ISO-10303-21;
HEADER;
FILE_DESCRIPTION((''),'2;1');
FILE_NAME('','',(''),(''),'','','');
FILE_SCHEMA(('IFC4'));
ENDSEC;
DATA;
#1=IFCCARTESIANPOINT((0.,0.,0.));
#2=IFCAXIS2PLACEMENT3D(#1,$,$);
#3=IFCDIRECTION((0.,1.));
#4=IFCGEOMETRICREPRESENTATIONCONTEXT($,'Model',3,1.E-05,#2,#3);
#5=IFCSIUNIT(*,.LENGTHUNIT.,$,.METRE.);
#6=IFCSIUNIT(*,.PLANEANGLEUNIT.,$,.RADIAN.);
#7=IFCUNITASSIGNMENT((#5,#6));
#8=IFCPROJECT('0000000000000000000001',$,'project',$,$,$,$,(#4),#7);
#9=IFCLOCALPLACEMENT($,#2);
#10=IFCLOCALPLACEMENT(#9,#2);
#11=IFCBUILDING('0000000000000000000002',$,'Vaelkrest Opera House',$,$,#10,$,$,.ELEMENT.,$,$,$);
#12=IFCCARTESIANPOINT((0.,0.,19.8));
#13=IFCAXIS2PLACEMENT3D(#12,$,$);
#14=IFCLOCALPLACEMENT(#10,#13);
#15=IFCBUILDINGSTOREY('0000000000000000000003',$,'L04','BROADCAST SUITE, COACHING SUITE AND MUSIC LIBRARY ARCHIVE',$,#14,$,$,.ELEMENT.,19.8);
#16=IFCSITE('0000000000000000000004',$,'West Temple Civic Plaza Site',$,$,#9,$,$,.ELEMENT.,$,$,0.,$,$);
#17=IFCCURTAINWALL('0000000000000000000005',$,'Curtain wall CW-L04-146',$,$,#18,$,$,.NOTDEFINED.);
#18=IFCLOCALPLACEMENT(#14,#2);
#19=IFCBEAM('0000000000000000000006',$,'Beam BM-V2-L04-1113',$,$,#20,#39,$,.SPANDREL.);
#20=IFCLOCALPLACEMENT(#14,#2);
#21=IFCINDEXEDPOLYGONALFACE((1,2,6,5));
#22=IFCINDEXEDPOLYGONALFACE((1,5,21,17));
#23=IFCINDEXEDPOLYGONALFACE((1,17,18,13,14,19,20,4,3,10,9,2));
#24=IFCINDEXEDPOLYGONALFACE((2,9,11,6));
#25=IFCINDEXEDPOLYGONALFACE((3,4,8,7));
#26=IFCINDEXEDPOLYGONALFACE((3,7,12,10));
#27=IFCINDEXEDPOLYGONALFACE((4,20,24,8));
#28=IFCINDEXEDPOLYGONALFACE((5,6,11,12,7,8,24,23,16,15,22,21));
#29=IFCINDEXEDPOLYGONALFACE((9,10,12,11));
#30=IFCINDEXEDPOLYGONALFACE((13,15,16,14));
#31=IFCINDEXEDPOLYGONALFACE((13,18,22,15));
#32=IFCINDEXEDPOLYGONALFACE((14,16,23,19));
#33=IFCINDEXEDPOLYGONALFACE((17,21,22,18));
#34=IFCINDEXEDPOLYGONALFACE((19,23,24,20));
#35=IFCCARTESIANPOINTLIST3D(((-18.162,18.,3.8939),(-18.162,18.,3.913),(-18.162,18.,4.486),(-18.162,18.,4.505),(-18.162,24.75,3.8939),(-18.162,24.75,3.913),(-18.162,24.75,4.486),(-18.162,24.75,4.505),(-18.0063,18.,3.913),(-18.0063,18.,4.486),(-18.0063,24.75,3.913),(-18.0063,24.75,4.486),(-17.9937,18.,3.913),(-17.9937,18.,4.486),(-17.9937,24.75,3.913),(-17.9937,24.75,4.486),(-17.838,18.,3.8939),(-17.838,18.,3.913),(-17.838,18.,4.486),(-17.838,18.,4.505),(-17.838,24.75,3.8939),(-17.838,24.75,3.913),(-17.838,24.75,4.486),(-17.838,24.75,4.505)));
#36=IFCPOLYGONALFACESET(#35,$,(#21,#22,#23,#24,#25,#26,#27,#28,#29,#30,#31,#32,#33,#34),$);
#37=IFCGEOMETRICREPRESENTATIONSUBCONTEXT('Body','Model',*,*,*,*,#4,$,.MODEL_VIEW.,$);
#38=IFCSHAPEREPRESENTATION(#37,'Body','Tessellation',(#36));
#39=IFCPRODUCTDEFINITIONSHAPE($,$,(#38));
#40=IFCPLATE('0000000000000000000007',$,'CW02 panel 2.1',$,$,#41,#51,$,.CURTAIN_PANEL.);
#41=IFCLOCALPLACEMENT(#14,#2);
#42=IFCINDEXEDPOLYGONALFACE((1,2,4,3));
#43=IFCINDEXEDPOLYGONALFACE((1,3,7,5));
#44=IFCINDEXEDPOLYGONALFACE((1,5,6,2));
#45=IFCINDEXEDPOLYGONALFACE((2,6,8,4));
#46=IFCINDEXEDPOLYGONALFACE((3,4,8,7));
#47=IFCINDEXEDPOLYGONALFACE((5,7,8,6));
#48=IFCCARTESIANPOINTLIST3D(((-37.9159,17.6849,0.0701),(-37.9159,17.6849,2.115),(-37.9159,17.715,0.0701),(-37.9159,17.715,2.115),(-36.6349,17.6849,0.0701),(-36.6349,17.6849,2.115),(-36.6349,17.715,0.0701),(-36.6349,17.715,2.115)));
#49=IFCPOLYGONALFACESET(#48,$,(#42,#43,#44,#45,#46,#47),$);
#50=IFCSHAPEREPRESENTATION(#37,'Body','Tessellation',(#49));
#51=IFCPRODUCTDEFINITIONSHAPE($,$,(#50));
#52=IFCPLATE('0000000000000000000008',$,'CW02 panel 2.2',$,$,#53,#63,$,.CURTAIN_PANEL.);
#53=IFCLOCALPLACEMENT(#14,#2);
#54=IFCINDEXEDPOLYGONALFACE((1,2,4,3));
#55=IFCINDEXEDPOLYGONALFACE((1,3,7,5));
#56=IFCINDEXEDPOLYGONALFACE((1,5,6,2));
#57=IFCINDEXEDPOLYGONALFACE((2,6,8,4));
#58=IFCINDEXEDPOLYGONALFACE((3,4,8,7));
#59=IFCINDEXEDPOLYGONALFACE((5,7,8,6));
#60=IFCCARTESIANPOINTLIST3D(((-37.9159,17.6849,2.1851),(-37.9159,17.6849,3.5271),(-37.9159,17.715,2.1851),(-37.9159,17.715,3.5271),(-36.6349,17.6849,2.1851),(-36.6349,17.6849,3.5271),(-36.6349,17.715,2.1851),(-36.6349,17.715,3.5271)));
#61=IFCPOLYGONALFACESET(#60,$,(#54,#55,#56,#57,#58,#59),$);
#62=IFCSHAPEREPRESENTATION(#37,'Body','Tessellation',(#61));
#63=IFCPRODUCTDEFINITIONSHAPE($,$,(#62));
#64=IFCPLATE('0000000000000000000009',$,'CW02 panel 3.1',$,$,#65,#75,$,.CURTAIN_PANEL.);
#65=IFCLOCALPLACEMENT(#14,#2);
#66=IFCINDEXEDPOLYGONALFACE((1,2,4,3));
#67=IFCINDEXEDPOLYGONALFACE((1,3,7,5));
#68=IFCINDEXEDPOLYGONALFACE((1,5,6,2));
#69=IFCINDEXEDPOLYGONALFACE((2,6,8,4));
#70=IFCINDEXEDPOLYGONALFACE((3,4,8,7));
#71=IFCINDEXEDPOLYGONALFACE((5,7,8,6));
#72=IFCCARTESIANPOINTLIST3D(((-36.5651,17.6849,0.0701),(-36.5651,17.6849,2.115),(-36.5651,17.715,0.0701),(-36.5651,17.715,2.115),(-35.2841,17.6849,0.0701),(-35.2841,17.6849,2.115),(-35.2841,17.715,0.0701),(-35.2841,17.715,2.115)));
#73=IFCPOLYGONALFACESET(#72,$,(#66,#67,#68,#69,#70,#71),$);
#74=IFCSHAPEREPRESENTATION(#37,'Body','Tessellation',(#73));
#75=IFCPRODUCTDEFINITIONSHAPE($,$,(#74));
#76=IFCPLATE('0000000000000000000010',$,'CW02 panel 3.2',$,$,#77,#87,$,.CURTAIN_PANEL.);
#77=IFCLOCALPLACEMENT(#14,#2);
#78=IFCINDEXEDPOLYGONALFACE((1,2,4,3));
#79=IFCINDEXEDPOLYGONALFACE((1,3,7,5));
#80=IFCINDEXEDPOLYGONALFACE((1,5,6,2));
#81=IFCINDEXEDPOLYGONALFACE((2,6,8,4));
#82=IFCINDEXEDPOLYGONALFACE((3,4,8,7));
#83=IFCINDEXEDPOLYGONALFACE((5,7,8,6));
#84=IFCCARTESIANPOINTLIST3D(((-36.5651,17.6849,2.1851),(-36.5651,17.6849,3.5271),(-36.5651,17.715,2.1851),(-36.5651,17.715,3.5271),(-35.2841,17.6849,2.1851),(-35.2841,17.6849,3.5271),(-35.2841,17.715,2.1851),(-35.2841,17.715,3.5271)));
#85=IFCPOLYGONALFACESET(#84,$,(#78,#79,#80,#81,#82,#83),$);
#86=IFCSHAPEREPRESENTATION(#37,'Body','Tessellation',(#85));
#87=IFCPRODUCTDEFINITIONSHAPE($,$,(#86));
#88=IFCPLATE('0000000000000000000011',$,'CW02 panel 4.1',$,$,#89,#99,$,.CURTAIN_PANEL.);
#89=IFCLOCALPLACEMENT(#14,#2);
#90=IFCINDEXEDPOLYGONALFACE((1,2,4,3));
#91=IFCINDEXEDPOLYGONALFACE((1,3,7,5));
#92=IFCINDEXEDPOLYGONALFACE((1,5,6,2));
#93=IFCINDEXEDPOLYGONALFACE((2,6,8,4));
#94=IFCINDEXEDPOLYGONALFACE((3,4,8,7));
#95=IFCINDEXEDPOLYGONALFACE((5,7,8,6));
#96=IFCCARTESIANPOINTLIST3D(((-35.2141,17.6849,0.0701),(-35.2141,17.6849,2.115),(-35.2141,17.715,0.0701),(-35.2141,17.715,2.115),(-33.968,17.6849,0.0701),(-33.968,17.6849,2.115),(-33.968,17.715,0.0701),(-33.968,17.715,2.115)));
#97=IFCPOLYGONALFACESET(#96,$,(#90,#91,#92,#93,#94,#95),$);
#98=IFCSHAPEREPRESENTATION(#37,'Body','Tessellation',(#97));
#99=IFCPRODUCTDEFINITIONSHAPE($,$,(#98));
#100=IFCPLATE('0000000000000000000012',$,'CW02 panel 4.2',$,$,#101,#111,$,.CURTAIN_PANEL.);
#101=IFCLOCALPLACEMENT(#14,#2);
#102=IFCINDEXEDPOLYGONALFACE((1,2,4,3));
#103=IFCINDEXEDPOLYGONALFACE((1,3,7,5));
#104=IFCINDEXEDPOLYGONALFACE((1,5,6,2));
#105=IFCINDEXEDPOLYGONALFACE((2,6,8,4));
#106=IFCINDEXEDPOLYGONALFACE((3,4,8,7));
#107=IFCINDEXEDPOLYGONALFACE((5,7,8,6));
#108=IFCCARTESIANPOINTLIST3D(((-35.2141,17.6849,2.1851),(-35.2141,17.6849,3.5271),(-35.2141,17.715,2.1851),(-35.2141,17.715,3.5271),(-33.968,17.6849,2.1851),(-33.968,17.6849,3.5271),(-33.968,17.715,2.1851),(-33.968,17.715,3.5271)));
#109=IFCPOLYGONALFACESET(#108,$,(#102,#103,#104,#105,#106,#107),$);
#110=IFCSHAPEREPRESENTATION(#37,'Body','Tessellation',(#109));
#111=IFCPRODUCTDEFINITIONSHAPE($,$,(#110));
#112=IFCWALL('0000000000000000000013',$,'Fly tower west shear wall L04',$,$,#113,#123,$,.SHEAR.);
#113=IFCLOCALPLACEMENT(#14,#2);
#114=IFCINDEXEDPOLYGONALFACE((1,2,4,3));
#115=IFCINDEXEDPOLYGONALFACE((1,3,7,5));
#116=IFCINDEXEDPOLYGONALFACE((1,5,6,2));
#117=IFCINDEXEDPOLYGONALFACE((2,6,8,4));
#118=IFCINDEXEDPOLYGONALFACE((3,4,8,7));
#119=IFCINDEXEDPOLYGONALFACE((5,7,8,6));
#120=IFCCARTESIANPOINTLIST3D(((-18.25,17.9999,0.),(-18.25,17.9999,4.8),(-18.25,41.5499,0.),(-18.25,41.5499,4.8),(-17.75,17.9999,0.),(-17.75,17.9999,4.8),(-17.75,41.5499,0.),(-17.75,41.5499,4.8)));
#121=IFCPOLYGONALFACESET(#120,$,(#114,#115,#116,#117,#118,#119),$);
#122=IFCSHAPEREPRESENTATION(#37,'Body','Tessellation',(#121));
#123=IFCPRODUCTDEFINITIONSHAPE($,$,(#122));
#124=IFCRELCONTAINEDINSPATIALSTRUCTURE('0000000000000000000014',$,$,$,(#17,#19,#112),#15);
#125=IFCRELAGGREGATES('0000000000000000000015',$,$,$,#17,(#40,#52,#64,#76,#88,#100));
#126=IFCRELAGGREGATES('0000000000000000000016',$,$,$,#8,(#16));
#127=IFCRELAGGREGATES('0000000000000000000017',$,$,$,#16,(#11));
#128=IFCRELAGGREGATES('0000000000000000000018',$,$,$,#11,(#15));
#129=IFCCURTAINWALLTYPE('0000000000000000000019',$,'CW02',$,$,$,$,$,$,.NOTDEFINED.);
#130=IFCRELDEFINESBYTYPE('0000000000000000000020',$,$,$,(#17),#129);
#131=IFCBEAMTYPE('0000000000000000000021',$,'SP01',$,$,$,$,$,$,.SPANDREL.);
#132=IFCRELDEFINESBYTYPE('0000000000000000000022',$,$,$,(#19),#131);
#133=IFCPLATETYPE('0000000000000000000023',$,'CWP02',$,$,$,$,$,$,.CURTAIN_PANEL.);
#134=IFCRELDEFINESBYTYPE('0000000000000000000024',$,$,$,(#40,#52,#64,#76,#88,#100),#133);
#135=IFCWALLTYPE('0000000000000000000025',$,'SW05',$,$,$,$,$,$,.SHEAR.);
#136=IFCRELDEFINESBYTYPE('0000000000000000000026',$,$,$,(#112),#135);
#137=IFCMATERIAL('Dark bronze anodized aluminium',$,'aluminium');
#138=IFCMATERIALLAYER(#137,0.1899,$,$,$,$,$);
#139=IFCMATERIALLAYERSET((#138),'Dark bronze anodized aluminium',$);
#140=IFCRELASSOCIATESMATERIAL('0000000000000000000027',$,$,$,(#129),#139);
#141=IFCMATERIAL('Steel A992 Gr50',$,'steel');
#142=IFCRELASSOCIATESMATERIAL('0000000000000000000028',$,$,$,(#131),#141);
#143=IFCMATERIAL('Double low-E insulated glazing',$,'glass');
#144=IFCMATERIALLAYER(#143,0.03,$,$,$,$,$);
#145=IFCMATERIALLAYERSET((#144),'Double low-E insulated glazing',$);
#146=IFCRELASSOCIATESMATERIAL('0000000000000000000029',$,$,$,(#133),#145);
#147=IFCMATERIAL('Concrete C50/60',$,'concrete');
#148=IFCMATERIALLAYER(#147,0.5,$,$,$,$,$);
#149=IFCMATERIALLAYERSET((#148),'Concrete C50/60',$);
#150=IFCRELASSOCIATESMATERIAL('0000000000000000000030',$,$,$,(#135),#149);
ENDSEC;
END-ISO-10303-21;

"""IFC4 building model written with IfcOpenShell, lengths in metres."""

from ifc_helpers import new_model, si_unit, direction, frame, frame_2d, origin, origin_2d, place, context, subcontext, project, spatial, rectangle, i_section, extrude, material, layer, layer_set, material_profile, profile_set, type_object, element, aggregate, save


model = new_model("IFC4")

# Units and contexts
model_context = context("Model", 3, precision=1e-05, world=origin(), true_north=direction((0.0, 1.0)))
body_context = subcontext(model_context, "Body", "Model", "MODEL_VIEW")
ifc_project = project(units=[si_unit("LENGTHUNIT", "METRE"), si_unit("PLANEANGLEUNIT", "RADIAN")], contexts=[model_context])

# Site, building, storey
site_placement = place(None, origin())
site = spatial("IfcSite", under=ifc_project, at=site_placement, Name="West Temple Civic Plaza Site", CompositionType="ELEMENT", RefElevation=0.0)
building_placement = place(site_placement, origin())
building = spatial("IfcBuilding", under=site, at=building_placement, Name="Vaelkrest Opera House", CompositionType="ELEMENT")
storey_placement = place(building_placement, frame((0.0, 0.0, 19.8)))
storey = spatial("IfcBuildingStorey", under=building, at=storey_placement, Name="L04", Description="BROADCAST SUITE, COACHING SUITE AND MUSIC LIBRARY ARCHIVE", CompositionType="ELEMENT", Elevation=19.8)

# Shared definitions
ifc_material_1 = material(Name="Concrete C50/60", Category="concrete")

# Curtain wall
ifc_material_2 = material(Name="Dark bronze anodized aluminium", Category="aluminium")
ifc_layer_1 = layer(ifc_material_2, 0.1899)
ifc_layer_set_1 = layer_set([ifc_layer_1], Name="Dark bronze anodized aluminium")
curtain_wall_type = type_object("IfcCurtainWallType", Name="CW02", PredefinedType="NOTDEFINED", material=ifc_layer_set_1)
curtain_wall_placement = place(storey_placement, origin())
curtain_wall = element("IfcCurtainWall", 1, at=curtain_wall_placement, inside=storey, type_object=curtain_wall_type, Name="Curtain wall CW-L04-146", PredefinedType="NOTDEFINED")

# Beam
ifc_material_3 = material(Name="Steel A992 Gr50", Category="steel")
ifc_material_profile_1 = material_profile(ifc_material_3, i_section(OverallWidth=0.324, OverallDepth=0.6111, WebThickness=0.0127, FlangeThickness=0.019, at=origin_2d()), Name="W24X104")
ifc_profile_set_1 = profile_set([ifc_material_profile_1], Name="Steel A992 Gr50")
beam_type = type_object("IfcBeamType", Name="SP01", PredefinedType="SPANDREL", material=ifc_profile_set_1)
beam_placement = place(storey_placement, frame((-18.0, 18.0, 4.1995), z_axis=(0.0, 1.0, 0.0), x_axis=(-1.0, 0.0, 0.0)))
element("IfcBeam", 2, at=beam_placement, inside=storey, type_object=beam_type, Name="Beam BM-V2-L04-1113", PredefinedType="SPANDREL", context=body_context, shape_type="SweptSolid", body=[
    extrude(i_section(OverallWidth=0.324, OverallDepth=0.6111, WebThickness=0.0127, FlangeThickness=0.019, at=origin_2d()), origin(), (0.0, 0.0, 1.0), 6.75),
])

# Plates
ifc_material_4 = material(Name="Double low-E insulated glazing", Category="glass")
ifc_layer_2 = layer(ifc_material_4, 0.03)
ifc_layer_set_2 = layer_set([ifc_layer_2], Name="Double low-E insulated glazing")
plate_type = type_object("IfcPlateType", Name="CWP02", PredefinedType="CURTAIN_PANEL", material=ifc_layer_set_2)
plate_1_placement = place(storey_placement, frame((-37.2754, 17.7, 0.0701), z_axis=(0.0, 0.0, 1.0), x_axis=(1.0, 0.0, 0.0)))
plate_1 = element("IfcPlate", 3, at=plate_1_placement, type_object=plate_type, Name="CW02 panel 2.1", PredefinedType="CURTAIN_PANEL", context=body_context, shape_type="SweptSolid", body=[
    extrude(rectangle(XDim=1.281, YDim=0.03, at=origin_2d()), origin(), (0.0, 0.0, 1.0), 2.0449),
])
plate_2_placement = place(storey_placement, frame((-37.2754, 17.7, 2.1851), z_axis=(0.0, 0.0, 1.0), x_axis=(1.0, 0.0, 0.0)))
plate_2 = element("IfcPlate", 4, at=plate_2_placement, type_object=plate_type, Name="CW02 panel 2.2", PredefinedType="CURTAIN_PANEL", context=body_context, shape_type="SweptSolid", body=[
    extrude(rectangle(XDim=1.281, YDim=0.03, at=origin_2d()), origin(), (0.0, 0.0, 1.0), 1.342),
])
plate_3_placement = place(storey_placement, frame((-35.9246, 17.7, 0.0701), z_axis=(0.0, 0.0, 1.0), x_axis=(1.0, 0.0, 0.0)))
plate_3 = element("IfcPlate", 5, at=plate_3_placement, type_object=plate_type, Name="CW02 panel 3.1", PredefinedType="CURTAIN_PANEL", context=body_context, shape_type="SweptSolid", body=[
    extrude(rectangle(XDim=1.281, YDim=0.03, at=origin_2d()), origin(), (0.0, 0.0, 1.0), 2.0449),
])
plate_4_placement = place(storey_placement, frame((-35.9246, 17.7, 2.1851), z_axis=(0.0, 0.0, 1.0), x_axis=(1.0, 0.0, 0.0)))
plate_4 = element("IfcPlate", 6, at=plate_4_placement, type_object=plate_type, Name="CW02 panel 3.2", PredefinedType="CURTAIN_PANEL", context=body_context, shape_type="SweptSolid", body=[
    extrude(rectangle(XDim=1.281, YDim=0.03, at=origin_2d()), origin(), (0.0, 0.0, 1.0), 1.342),
])
plate_5_placement = place(storey_placement, frame((-34.5911, 17.7, 0.0701), z_axis=(0.0, 0.0, 1.0), x_axis=(1.0, 0.0, 0.0)))
plate_5 = element("IfcPlate", 7, at=plate_5_placement, type_object=plate_type, Name="CW02 panel 4.1", PredefinedType="CURTAIN_PANEL", context=body_context, shape_type="SweptSolid", body=[
    extrude(rectangle(XDim=1.2461, YDim=0.03, at=origin_2d()), origin(), (0.0, 0.0, 1.0), 2.0449),
])
plate_6_placement = place(storey_placement, frame((-34.5911, 17.7, 2.1851), z_axis=(0.0, 0.0, 1.0), x_axis=(1.0, 0.0, 0.0)))
plate_6 = element("IfcPlate", 8, at=plate_6_placement, type_object=plate_type, Name="CW02 panel 4.2", PredefinedType="CURTAIN_PANEL", context=body_context, shape_type="SweptSolid", body=[
    extrude(rectangle(XDim=1.2461, YDim=0.03, at=origin_2d()), origin(), (0.0, 0.0, 1.0), 1.342),
])
aggregate(curtain_wall, [plate_1, plate_2, plate_3, plate_4, plate_5, plate_6])

# Wall
ifc_layer_3 = layer(ifc_material_1, 0.5)
ifc_layer_set_3 = layer_set([ifc_layer_3], Name="Concrete C50/60")
wall_type = type_object("IfcWallType", Name="SW05", PredefinedType="SHEAR", material=ifc_layer_set_3)
wall_placement = place(storey_placement, frame((-18.0, 18.0, 0.0), z_axis=(0.0, 0.0, 1.0), x_axis=(0.0, 1.0, 0.0)))
element("IfcWall", 9, at=wall_placement, inside=storey, type_object=wall_type, Name="Fly tower west shear wall L04", PredefinedType="SHEAR", context=body_context, shape_type="SweptSolid", body=[
    extrude(rectangle(XDim=23.55, YDim=0.5, at=frame_2d((11.7749, 0.0))), origin(), (0.0, 0.0, 1.0), 4.8),
])

save(model, "model.ifc")
